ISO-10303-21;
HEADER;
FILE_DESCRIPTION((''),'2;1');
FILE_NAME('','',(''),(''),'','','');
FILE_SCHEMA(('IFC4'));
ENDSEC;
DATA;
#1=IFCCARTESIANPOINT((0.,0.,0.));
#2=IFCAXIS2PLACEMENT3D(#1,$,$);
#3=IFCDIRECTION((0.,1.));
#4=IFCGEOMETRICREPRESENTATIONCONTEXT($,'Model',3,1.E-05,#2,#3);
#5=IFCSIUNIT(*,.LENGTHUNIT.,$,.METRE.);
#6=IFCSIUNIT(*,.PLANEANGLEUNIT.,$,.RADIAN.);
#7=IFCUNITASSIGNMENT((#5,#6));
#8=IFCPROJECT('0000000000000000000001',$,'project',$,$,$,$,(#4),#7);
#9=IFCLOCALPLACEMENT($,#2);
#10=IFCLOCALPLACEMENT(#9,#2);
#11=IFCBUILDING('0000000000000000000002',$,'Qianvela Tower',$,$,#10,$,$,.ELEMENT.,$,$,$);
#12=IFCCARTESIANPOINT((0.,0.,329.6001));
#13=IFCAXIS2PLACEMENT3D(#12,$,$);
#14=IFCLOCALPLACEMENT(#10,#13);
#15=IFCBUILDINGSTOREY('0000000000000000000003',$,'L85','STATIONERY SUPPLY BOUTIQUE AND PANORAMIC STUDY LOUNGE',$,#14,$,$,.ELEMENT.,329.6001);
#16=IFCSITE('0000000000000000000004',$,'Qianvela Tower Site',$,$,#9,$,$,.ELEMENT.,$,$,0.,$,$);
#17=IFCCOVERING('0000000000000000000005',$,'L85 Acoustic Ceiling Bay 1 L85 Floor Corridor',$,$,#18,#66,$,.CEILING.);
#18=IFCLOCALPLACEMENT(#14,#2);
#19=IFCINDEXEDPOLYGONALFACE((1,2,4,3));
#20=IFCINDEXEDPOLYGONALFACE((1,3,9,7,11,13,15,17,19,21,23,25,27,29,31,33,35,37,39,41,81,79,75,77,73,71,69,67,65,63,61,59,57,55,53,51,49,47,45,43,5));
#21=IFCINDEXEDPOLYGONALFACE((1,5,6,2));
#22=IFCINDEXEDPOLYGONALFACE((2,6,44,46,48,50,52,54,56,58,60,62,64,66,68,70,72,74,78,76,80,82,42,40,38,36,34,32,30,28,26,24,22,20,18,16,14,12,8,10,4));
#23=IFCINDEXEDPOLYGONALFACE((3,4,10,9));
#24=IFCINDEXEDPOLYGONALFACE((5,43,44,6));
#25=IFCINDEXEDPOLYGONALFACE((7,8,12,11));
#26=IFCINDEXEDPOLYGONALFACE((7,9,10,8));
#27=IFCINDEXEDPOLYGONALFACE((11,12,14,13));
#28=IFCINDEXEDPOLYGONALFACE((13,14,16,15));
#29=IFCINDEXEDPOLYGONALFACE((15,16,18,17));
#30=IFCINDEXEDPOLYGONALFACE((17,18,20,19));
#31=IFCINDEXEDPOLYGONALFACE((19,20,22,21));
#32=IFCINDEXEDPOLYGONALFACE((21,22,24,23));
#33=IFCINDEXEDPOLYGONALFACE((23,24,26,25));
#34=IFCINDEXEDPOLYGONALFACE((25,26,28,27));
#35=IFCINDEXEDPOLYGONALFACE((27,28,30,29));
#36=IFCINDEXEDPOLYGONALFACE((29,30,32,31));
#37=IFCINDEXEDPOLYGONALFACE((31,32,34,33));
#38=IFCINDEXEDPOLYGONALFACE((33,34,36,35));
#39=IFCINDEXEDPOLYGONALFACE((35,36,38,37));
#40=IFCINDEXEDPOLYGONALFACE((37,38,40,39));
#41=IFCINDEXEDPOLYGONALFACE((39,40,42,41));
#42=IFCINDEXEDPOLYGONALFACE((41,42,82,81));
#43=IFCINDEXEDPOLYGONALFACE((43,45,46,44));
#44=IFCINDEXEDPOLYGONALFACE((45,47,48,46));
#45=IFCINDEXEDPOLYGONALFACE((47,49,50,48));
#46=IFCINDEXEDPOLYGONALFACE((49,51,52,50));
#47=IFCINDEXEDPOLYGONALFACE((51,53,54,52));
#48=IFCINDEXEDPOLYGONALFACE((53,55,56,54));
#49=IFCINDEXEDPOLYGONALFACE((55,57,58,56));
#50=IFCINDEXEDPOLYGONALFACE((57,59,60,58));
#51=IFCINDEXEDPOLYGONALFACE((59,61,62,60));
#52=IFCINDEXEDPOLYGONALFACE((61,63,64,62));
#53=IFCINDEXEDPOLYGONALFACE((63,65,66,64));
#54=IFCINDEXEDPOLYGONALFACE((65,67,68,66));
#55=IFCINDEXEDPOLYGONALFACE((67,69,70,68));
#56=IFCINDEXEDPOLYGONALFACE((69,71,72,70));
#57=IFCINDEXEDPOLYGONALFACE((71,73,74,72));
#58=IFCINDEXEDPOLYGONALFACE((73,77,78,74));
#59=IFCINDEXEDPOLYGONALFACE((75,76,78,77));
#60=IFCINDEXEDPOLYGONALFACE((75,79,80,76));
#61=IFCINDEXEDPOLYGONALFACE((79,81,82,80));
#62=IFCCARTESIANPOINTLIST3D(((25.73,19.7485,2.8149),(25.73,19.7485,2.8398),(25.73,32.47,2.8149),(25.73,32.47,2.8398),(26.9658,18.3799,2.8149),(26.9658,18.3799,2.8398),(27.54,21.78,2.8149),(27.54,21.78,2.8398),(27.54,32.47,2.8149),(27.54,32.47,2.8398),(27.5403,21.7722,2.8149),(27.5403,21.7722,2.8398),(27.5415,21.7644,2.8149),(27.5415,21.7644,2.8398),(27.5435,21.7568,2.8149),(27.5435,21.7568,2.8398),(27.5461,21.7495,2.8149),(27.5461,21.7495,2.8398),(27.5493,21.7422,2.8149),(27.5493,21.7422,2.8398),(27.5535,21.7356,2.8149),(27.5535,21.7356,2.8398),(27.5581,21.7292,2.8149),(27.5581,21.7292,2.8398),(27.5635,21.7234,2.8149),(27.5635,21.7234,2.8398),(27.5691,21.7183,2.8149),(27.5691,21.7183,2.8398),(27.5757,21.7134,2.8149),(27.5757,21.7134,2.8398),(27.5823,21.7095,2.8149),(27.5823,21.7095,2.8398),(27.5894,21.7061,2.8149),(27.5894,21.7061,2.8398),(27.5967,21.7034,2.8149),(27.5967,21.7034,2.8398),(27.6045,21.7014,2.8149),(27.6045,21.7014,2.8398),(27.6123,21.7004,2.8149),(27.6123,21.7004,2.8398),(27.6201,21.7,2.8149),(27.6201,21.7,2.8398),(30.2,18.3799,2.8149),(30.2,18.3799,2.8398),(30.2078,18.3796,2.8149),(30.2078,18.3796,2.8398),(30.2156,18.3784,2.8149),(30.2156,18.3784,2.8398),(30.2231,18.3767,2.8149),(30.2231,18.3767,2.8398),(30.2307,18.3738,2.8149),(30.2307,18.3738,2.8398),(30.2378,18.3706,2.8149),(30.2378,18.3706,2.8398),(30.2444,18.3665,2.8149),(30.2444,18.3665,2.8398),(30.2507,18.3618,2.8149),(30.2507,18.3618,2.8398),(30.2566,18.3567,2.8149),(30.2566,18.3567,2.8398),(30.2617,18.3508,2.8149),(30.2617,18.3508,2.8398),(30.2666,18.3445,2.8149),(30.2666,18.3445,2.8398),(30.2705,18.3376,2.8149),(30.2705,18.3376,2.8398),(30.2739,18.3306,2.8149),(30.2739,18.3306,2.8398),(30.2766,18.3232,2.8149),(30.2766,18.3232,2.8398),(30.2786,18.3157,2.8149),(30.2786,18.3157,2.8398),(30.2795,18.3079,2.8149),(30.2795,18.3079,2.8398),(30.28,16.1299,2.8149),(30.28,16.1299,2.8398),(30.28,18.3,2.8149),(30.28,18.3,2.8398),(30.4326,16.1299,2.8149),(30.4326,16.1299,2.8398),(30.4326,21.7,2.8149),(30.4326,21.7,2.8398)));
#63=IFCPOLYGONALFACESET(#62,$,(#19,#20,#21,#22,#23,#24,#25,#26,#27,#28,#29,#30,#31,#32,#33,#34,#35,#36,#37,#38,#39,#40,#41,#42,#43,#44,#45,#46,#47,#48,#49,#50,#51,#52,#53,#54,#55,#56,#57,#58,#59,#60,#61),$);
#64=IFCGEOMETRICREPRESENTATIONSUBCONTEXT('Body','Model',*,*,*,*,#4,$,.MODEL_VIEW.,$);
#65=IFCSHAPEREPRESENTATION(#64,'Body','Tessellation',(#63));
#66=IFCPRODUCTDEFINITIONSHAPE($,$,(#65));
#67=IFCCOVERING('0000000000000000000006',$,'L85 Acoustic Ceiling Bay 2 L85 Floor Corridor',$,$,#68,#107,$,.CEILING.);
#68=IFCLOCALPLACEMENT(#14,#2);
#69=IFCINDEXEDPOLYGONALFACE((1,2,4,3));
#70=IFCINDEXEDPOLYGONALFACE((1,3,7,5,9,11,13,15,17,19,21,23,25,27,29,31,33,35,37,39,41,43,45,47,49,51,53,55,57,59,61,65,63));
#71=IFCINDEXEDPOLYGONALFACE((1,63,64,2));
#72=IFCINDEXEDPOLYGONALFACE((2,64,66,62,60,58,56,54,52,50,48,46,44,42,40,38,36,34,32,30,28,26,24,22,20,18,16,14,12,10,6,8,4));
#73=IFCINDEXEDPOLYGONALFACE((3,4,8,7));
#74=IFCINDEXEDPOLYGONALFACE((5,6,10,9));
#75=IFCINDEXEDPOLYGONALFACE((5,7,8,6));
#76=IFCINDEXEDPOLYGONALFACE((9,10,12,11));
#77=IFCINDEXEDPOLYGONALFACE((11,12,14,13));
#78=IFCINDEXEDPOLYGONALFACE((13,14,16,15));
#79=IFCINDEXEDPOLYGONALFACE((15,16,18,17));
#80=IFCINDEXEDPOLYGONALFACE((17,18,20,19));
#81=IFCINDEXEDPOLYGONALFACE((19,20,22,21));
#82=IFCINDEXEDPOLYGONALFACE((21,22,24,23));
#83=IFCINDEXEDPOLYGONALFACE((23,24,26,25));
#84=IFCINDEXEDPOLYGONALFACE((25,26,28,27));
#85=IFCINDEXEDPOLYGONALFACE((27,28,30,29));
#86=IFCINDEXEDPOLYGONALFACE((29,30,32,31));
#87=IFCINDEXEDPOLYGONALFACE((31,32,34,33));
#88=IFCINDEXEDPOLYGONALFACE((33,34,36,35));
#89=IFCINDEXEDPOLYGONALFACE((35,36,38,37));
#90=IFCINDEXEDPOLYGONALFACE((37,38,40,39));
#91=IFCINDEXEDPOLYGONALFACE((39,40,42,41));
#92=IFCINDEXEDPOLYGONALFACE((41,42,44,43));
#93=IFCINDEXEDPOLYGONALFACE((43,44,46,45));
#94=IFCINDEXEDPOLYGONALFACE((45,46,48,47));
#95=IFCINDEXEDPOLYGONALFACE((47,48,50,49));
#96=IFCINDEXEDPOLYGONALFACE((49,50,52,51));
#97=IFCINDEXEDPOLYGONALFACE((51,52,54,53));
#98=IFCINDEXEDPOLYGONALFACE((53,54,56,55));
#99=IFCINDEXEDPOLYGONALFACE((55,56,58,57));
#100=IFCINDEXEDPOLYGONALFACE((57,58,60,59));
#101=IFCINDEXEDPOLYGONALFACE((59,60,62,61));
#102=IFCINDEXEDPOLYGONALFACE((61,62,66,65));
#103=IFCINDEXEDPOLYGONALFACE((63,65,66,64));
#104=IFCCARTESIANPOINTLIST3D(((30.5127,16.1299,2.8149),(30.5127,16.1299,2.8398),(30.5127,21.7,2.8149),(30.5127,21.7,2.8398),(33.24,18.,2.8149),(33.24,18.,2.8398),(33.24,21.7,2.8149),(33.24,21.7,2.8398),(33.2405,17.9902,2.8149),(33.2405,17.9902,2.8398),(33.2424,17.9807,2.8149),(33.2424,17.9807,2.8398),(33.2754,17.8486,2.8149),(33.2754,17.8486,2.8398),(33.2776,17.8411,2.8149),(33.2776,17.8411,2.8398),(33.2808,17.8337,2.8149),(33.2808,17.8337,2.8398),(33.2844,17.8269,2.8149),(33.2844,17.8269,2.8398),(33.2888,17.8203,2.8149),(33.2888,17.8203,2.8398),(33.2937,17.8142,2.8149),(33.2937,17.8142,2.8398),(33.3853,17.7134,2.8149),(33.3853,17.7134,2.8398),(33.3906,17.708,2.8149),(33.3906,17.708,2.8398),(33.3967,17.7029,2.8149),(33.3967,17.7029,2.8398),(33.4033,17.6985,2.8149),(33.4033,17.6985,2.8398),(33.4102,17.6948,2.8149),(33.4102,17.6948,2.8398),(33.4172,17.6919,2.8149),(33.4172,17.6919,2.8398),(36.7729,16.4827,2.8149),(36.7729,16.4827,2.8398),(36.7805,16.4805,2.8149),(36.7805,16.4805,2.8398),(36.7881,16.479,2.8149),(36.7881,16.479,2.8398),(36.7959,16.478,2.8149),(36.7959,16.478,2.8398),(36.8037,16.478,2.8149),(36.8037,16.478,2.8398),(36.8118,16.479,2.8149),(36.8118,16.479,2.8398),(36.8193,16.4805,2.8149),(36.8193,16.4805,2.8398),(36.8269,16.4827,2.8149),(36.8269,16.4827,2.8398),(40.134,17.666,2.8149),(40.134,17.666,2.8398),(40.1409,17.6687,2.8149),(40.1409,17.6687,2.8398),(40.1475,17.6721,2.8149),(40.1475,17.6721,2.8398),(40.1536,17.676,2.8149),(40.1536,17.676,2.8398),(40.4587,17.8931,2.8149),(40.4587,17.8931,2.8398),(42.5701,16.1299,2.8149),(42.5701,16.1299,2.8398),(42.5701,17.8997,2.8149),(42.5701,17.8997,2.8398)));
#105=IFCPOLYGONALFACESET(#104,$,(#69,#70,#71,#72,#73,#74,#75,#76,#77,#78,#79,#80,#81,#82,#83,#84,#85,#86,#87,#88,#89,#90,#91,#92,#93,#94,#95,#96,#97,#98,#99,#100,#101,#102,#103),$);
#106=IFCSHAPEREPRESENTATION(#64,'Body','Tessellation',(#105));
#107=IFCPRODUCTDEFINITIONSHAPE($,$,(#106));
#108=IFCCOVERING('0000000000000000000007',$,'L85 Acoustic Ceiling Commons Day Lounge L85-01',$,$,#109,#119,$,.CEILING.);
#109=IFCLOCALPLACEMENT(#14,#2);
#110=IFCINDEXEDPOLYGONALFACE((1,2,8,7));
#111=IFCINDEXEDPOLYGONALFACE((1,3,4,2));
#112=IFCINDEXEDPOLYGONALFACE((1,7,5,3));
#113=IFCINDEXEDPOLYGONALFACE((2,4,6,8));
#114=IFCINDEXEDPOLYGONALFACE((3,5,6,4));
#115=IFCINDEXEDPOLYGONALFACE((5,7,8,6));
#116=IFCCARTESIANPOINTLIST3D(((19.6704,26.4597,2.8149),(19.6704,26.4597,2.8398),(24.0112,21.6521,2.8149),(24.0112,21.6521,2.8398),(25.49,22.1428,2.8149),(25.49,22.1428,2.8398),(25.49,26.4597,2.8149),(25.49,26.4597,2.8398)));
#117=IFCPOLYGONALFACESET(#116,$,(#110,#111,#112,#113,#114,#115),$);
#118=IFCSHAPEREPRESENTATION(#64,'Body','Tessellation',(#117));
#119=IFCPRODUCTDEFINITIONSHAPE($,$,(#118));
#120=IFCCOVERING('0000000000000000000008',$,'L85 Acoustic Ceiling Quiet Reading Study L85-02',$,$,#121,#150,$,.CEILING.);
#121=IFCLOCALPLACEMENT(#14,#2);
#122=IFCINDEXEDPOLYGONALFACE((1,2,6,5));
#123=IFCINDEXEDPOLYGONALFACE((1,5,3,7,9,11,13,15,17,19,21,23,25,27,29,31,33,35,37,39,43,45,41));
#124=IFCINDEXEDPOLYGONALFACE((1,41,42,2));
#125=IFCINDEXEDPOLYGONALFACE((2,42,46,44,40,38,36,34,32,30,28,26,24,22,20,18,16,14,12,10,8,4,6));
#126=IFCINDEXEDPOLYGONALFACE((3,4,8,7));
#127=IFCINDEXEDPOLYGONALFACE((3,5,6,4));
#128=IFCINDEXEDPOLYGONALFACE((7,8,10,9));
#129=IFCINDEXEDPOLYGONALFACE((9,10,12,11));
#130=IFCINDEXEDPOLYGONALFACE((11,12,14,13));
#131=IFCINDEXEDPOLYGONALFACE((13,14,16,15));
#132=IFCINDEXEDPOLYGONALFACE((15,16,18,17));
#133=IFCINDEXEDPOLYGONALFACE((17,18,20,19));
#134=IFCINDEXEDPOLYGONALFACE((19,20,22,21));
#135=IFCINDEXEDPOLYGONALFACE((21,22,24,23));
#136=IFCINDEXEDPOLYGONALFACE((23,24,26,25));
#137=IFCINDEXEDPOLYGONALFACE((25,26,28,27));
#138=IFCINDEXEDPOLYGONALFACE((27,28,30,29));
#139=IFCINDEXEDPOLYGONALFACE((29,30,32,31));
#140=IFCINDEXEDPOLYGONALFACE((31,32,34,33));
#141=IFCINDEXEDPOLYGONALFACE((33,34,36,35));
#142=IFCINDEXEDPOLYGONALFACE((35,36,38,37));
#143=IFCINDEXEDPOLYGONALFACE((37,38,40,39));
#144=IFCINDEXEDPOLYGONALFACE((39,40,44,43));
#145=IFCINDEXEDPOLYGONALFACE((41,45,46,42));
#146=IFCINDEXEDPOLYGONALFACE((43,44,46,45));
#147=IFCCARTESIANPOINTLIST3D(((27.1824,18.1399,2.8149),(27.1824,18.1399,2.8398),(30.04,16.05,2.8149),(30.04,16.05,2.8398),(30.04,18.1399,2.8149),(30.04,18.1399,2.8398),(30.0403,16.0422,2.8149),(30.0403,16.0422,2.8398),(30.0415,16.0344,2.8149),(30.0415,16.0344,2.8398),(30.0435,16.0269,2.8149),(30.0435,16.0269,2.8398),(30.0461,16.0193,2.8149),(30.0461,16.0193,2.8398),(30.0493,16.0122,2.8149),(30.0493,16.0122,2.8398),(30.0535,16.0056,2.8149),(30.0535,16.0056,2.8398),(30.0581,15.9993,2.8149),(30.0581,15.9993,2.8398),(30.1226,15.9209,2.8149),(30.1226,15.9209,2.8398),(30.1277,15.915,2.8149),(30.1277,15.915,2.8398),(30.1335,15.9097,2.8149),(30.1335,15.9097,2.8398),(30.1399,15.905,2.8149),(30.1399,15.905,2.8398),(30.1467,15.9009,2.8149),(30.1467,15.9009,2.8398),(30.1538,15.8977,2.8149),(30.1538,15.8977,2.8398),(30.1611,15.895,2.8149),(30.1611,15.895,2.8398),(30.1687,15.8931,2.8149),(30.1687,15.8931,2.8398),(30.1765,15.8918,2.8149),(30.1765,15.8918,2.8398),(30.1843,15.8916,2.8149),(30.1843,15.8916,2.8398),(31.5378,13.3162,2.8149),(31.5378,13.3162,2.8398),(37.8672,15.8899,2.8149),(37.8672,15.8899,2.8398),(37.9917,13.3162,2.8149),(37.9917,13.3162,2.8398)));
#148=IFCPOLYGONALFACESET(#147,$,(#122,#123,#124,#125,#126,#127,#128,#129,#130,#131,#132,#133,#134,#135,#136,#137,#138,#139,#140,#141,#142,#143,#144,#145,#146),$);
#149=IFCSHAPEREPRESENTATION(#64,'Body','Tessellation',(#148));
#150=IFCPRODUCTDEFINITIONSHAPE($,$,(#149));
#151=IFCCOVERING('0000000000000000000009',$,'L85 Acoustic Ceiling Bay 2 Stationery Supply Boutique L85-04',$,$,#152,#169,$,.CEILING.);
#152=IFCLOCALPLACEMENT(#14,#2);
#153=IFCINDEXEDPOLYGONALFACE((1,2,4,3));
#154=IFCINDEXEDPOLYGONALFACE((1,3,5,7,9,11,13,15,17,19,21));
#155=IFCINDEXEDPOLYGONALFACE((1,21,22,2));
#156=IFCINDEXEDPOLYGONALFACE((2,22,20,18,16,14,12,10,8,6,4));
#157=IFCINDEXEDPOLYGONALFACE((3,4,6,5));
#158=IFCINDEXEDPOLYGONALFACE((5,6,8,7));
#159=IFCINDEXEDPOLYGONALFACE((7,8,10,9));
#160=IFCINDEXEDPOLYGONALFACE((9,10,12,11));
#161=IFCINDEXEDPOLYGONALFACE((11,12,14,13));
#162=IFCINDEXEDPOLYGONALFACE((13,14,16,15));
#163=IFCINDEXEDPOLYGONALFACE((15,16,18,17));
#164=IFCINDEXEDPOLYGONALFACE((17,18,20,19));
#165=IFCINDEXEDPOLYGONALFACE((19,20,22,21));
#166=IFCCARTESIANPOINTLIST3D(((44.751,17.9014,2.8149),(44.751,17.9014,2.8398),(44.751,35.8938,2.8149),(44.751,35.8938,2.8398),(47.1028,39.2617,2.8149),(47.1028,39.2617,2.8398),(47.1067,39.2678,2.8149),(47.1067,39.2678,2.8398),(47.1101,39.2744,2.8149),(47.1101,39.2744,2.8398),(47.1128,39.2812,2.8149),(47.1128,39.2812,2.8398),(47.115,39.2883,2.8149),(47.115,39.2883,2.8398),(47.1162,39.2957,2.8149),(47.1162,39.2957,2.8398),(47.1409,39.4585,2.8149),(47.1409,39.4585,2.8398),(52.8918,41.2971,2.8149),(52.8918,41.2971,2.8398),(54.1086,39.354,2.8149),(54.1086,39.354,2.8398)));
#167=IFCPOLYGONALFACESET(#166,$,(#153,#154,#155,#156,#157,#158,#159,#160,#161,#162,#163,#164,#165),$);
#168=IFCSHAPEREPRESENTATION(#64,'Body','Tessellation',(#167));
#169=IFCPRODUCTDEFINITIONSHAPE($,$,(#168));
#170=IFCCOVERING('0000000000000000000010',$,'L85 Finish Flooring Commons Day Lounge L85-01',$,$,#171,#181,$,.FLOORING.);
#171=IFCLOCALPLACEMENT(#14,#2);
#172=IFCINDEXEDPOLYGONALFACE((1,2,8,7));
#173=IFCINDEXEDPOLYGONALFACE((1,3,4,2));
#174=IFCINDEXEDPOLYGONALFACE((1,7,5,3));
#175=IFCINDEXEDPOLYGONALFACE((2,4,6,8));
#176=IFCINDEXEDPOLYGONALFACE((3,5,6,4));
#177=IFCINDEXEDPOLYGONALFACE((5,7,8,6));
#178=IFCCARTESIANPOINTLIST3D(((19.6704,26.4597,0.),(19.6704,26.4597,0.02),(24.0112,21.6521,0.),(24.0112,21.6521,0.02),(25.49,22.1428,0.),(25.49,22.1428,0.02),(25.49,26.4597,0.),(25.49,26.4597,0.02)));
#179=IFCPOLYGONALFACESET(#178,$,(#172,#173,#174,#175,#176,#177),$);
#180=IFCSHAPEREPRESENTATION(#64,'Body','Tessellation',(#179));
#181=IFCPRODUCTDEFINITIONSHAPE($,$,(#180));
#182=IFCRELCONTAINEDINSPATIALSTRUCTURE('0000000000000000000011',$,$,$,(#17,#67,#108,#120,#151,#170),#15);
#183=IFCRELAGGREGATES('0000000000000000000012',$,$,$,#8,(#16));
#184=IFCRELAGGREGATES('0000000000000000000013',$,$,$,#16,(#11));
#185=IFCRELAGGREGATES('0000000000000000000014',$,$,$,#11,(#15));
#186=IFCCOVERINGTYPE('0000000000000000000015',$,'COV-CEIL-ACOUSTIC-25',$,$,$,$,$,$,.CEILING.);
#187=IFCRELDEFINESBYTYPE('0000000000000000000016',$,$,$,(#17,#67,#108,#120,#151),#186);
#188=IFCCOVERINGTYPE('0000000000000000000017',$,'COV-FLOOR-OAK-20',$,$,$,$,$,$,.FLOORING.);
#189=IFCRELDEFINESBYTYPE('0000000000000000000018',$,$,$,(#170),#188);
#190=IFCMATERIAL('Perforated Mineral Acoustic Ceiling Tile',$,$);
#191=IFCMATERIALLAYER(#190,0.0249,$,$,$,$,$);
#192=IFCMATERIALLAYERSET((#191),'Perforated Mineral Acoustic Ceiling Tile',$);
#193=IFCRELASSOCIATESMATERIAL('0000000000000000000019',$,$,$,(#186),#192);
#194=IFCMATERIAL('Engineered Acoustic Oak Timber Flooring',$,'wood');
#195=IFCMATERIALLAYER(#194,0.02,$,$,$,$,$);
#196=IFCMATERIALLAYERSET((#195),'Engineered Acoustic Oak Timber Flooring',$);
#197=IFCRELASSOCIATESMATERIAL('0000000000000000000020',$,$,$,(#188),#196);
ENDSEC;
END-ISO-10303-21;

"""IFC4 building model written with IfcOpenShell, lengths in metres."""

from ifc_helpers import new_model, si_unit, direction, frame, origin, place, context, subcontext, project, spatial, polyline, outline, extrude, material, layer, layer_set, type_object, element, save


model = new_model("IFC4")

# Units and contexts
model_context = context("Model", 3, precision=1e-05, world=origin(), true_north=direction((0.0, 1.0)))
body_context = subcontext(model_context, "Body", "Model", "MODEL_VIEW")
ifc_project = project(units=[si_unit("LENGTHUNIT", "METRE"), si_unit("PLANEANGLEUNIT", "RADIAN")], contexts=[model_context])

# Site, building, storey
site_placement = place(None, origin())
site = spatial("IfcSite", under=ifc_project, at=site_placement, Name="Qianvela Tower Site", CompositionType="ELEMENT", RefElevation=0.0)
building_placement = place(site_placement, origin())
building = spatial("IfcBuilding", under=site, at=building_placement, Name="Qianvela Tower", CompositionType="ELEMENT")
storey_placement = place(building_placement, frame((0.0, 0.0, 329.6001)))
storey = spatial("IfcBuildingStorey", under=building, at=storey_placement, Name="L85", Description="STATIONERY SUPPLY BOUTIQUE AND PANORAMIC STUDY LOUNGE", CompositionType="ELEMENT", Elevation=329.6001)

# Coverings
ifc_material_1 = material(Name="Perforated Mineral Acoustic Ceiling Tile")
ifc_layer_1 = layer(ifc_material_1, 0.0249)
ifc_layer_set_1 = layer_set([ifc_layer_1], Name="Perforated Mineral Acoustic Ceiling Tile")
covering_type_1 = type_object("IfcCoveringType", Name="COV-CEIL-ACOUSTIC-25", PredefinedType="CEILING", material=ifc_layer_set_1)
covering_1_placement = place(storey_placement, frame((0.0, 0.0, 2.8149)))
element("IfcCovering", 1, at=covering_1_placement, inside=storey, type_object=covering_type_1, Name="L85 Acoustic Ceiling Bay 1 L85 Floor Corridor", PredefinedType="CEILING", context=body_context, shape_type="SweptSolid", body=[
    extrude(outline(polyline([(30.28, 16.1299), (30.28, 18.3), (30.2795, 18.3079), (30.2786, 18.3157), (30.2766, 18.3232), (30.2739, 18.3306), (30.2705, 18.3376), (30.2666, 18.3445), (30.2617, 18.3508), (30.2566, 18.3567), (30.2507, 18.3618), (30.2444, 18.3665), (30.2378, 18.3706), (30.2307, 18.3738), (30.2231, 18.3767), (30.2156, 18.3784), (30.2078, 18.3796), (30.2, 18.3799), (26.9658, 18.3799), (25.73, 19.7485), (25.73, 32.47), (27.54, 32.47), (27.54, 21.78), (27.5403, 21.7722), (27.5415, 21.7644), (27.5435, 21.7568), (27.5461, 21.7495), (27.5493, 21.7422), (27.5535, 21.7356), (27.5581, 21.7292), (27.5635, 21.7234), (27.5691, 21.7183), (27.5757, 21.7134), (27.5823, 21.7095), (27.5894, 21.7061), (27.5967, 21.7034), (27.6045, 21.7014), (27.6123, 21.7004), (27.6201, 21.7), (30.4326, 21.7), (30.4326, 16.1299), (30.28, 16.1299)])), origin(), (0.0, 0.0, 1.0), 0.0249),
])
covering_2_placement = place(storey_placement, frame((0.0, 0.0, 2.8149)))
element("IfcCovering", 2, at=covering_2_placement, inside=storey, type_object=covering_type_1, Name="L85 Acoustic Ceiling Bay 2 L85 Floor Corridor", PredefinedType="CEILING", context=body_context, shape_type="SweptSolid", body=[
    extrude(outline(polyline([(33.2405, 17.9902), (33.2424, 17.9807), (33.2754, 17.8486), (33.2776, 17.8411), (33.2808, 17.8337), (33.2844, 17.8269), (33.2888, 17.8203), (33.2937, 17.8142), (33.3853, 17.7134), (33.3906, 17.708), (33.3967, 17.7029), (33.4033, 17.6985), (33.4102, 17.6948), (33.4172, 17.6919), (36.7729, 16.4827), (36.7805, 16.4805), (36.7881, 16.479), (36.7959, 16.478), (36.8037, 16.478), (36.8118, 16.479), (36.8193, 16.4805), (36.8269, 16.4827), (40.134, 17.666), (40.1409, 17.6687), (40.1475, 17.6721), (40.1536, 17.676), (40.4587, 17.8931), (42.5701, 17.8997), (42.5701, 16.1299), (30.5127, 16.1299), (30.5127, 21.7), (33.24, 21.7), (33.24, 18.0), (33.2405, 17.9902)])), origin(), (0.0, 0.0, 1.0), 0.0249),
])
covering_3_placement = place(storey_placement, frame((0.0, 0.0, 2.8149)))
element("IfcCovering", 3, at=covering_3_placement, inside=storey, type_object=covering_type_1, Name="L85 Acoustic Ceiling Commons Day Lounge L85-01", PredefinedType="CEILING", context=body_context, shape_type="SweptSolid", body=[
    extrude(outline(polyline([(24.0112, 21.6521), (19.6704, 26.4597), (25.49, 26.4597), (25.49, 22.1428), (24.0112, 21.6521)])), origin(), (0.0, 0.0, 1.0), 0.0249),
])
covering_4_placement = place(storey_placement, frame((0.0, 0.0, 2.8149)))
element("IfcCovering", 4, at=covering_4_placement, inside=storey, type_object=covering_type_1, Name="L85 Acoustic Ceiling Quiet Reading Study L85-02", PredefinedType="CEILING", context=body_context, shape_type="SweptSolid", body=[
    extrude(outline(polyline([(30.04, 18.1399), (30.04, 16.05), (30.0403, 16.0422), (30.0415, 16.0344), (30.0435, 16.0269), (30.0461, 16.0193), (30.0493, 16.0122), (30.0535, 16.0056), (30.0581, 15.9993), (30.1226, 15.9209), (30.1277, 15.915), (30.1335, 15.9097), (30.1399, 15.905), (30.1467, 15.9009), (30.1538, 15.8977), (30.1611, 15.895), (30.1687, 15.8931), (30.1765, 15.8918), (30.1843, 15.8916), (37.8672, 15.8899), (37.9917, 13.3162), (31.5378, 13.3162), (27.1824, 18.1399), (30.04, 18.1399)])), origin(), (0.0, 0.0, 1.0), 0.0249),
])
covering_5_placement = place(storey_placement, frame((0.0, 0.0, 2.8149)))
element("IfcCovering", 5, at=covering_5_placement, inside=storey, type_object=covering_type_1, Name="L85 Acoustic Ceiling Bay 2 Stationery Supply Boutique L85-04", PredefinedType="CEILING", context=body_context, shape_type="SweptSolid", body=[
    extrude(outline(polyline([(47.1028, 39.2617), (47.1067, 39.2678), (47.1101, 39.2744), (47.1128, 39.2812), (47.115, 39.2883), (47.1162, 39.2957), (47.1409, 39.4585), (52.8918, 41.2971), (54.1086, 39.354), (44.751, 17.9014), (44.751, 35.8938), (47.1028, 39.2617)])), origin(), (0.0, 0.0, 1.0), 0.0249),
])
ifc_material_2 = material(Name="Engineered Acoustic Oak Timber Flooring", Category="wood")
ifc_layer_2 = layer(ifc_material_2, 0.02)
ifc_layer_set_2 = layer_set([ifc_layer_2], Name="Engineered Acoustic Oak Timber Flooring")
covering_type_2 = type_object("IfcCoveringType", Name="COV-FLOOR-OAK-20", PredefinedType="FLOORING", material=ifc_layer_set_2)
covering_6_placement = place(storey_placement, origin())
element("IfcCovering", 6, at=covering_6_placement, inside=storey, type_object=covering_type_2, Name="L85 Finish Flooring Commons Day Lounge L85-01", PredefinedType="FLOORING", context=body_context, shape_type="SweptSolid", body=[
    extrude(outline(polyline([(24.0112, 21.6521), (19.6704, 26.4597), (25.49, 26.4597), (25.49, 22.1428), (24.0112, 21.6521)])), origin(), (0.0, 0.0, 1.0), 0.02),
])

save(model, "model.ifc")
